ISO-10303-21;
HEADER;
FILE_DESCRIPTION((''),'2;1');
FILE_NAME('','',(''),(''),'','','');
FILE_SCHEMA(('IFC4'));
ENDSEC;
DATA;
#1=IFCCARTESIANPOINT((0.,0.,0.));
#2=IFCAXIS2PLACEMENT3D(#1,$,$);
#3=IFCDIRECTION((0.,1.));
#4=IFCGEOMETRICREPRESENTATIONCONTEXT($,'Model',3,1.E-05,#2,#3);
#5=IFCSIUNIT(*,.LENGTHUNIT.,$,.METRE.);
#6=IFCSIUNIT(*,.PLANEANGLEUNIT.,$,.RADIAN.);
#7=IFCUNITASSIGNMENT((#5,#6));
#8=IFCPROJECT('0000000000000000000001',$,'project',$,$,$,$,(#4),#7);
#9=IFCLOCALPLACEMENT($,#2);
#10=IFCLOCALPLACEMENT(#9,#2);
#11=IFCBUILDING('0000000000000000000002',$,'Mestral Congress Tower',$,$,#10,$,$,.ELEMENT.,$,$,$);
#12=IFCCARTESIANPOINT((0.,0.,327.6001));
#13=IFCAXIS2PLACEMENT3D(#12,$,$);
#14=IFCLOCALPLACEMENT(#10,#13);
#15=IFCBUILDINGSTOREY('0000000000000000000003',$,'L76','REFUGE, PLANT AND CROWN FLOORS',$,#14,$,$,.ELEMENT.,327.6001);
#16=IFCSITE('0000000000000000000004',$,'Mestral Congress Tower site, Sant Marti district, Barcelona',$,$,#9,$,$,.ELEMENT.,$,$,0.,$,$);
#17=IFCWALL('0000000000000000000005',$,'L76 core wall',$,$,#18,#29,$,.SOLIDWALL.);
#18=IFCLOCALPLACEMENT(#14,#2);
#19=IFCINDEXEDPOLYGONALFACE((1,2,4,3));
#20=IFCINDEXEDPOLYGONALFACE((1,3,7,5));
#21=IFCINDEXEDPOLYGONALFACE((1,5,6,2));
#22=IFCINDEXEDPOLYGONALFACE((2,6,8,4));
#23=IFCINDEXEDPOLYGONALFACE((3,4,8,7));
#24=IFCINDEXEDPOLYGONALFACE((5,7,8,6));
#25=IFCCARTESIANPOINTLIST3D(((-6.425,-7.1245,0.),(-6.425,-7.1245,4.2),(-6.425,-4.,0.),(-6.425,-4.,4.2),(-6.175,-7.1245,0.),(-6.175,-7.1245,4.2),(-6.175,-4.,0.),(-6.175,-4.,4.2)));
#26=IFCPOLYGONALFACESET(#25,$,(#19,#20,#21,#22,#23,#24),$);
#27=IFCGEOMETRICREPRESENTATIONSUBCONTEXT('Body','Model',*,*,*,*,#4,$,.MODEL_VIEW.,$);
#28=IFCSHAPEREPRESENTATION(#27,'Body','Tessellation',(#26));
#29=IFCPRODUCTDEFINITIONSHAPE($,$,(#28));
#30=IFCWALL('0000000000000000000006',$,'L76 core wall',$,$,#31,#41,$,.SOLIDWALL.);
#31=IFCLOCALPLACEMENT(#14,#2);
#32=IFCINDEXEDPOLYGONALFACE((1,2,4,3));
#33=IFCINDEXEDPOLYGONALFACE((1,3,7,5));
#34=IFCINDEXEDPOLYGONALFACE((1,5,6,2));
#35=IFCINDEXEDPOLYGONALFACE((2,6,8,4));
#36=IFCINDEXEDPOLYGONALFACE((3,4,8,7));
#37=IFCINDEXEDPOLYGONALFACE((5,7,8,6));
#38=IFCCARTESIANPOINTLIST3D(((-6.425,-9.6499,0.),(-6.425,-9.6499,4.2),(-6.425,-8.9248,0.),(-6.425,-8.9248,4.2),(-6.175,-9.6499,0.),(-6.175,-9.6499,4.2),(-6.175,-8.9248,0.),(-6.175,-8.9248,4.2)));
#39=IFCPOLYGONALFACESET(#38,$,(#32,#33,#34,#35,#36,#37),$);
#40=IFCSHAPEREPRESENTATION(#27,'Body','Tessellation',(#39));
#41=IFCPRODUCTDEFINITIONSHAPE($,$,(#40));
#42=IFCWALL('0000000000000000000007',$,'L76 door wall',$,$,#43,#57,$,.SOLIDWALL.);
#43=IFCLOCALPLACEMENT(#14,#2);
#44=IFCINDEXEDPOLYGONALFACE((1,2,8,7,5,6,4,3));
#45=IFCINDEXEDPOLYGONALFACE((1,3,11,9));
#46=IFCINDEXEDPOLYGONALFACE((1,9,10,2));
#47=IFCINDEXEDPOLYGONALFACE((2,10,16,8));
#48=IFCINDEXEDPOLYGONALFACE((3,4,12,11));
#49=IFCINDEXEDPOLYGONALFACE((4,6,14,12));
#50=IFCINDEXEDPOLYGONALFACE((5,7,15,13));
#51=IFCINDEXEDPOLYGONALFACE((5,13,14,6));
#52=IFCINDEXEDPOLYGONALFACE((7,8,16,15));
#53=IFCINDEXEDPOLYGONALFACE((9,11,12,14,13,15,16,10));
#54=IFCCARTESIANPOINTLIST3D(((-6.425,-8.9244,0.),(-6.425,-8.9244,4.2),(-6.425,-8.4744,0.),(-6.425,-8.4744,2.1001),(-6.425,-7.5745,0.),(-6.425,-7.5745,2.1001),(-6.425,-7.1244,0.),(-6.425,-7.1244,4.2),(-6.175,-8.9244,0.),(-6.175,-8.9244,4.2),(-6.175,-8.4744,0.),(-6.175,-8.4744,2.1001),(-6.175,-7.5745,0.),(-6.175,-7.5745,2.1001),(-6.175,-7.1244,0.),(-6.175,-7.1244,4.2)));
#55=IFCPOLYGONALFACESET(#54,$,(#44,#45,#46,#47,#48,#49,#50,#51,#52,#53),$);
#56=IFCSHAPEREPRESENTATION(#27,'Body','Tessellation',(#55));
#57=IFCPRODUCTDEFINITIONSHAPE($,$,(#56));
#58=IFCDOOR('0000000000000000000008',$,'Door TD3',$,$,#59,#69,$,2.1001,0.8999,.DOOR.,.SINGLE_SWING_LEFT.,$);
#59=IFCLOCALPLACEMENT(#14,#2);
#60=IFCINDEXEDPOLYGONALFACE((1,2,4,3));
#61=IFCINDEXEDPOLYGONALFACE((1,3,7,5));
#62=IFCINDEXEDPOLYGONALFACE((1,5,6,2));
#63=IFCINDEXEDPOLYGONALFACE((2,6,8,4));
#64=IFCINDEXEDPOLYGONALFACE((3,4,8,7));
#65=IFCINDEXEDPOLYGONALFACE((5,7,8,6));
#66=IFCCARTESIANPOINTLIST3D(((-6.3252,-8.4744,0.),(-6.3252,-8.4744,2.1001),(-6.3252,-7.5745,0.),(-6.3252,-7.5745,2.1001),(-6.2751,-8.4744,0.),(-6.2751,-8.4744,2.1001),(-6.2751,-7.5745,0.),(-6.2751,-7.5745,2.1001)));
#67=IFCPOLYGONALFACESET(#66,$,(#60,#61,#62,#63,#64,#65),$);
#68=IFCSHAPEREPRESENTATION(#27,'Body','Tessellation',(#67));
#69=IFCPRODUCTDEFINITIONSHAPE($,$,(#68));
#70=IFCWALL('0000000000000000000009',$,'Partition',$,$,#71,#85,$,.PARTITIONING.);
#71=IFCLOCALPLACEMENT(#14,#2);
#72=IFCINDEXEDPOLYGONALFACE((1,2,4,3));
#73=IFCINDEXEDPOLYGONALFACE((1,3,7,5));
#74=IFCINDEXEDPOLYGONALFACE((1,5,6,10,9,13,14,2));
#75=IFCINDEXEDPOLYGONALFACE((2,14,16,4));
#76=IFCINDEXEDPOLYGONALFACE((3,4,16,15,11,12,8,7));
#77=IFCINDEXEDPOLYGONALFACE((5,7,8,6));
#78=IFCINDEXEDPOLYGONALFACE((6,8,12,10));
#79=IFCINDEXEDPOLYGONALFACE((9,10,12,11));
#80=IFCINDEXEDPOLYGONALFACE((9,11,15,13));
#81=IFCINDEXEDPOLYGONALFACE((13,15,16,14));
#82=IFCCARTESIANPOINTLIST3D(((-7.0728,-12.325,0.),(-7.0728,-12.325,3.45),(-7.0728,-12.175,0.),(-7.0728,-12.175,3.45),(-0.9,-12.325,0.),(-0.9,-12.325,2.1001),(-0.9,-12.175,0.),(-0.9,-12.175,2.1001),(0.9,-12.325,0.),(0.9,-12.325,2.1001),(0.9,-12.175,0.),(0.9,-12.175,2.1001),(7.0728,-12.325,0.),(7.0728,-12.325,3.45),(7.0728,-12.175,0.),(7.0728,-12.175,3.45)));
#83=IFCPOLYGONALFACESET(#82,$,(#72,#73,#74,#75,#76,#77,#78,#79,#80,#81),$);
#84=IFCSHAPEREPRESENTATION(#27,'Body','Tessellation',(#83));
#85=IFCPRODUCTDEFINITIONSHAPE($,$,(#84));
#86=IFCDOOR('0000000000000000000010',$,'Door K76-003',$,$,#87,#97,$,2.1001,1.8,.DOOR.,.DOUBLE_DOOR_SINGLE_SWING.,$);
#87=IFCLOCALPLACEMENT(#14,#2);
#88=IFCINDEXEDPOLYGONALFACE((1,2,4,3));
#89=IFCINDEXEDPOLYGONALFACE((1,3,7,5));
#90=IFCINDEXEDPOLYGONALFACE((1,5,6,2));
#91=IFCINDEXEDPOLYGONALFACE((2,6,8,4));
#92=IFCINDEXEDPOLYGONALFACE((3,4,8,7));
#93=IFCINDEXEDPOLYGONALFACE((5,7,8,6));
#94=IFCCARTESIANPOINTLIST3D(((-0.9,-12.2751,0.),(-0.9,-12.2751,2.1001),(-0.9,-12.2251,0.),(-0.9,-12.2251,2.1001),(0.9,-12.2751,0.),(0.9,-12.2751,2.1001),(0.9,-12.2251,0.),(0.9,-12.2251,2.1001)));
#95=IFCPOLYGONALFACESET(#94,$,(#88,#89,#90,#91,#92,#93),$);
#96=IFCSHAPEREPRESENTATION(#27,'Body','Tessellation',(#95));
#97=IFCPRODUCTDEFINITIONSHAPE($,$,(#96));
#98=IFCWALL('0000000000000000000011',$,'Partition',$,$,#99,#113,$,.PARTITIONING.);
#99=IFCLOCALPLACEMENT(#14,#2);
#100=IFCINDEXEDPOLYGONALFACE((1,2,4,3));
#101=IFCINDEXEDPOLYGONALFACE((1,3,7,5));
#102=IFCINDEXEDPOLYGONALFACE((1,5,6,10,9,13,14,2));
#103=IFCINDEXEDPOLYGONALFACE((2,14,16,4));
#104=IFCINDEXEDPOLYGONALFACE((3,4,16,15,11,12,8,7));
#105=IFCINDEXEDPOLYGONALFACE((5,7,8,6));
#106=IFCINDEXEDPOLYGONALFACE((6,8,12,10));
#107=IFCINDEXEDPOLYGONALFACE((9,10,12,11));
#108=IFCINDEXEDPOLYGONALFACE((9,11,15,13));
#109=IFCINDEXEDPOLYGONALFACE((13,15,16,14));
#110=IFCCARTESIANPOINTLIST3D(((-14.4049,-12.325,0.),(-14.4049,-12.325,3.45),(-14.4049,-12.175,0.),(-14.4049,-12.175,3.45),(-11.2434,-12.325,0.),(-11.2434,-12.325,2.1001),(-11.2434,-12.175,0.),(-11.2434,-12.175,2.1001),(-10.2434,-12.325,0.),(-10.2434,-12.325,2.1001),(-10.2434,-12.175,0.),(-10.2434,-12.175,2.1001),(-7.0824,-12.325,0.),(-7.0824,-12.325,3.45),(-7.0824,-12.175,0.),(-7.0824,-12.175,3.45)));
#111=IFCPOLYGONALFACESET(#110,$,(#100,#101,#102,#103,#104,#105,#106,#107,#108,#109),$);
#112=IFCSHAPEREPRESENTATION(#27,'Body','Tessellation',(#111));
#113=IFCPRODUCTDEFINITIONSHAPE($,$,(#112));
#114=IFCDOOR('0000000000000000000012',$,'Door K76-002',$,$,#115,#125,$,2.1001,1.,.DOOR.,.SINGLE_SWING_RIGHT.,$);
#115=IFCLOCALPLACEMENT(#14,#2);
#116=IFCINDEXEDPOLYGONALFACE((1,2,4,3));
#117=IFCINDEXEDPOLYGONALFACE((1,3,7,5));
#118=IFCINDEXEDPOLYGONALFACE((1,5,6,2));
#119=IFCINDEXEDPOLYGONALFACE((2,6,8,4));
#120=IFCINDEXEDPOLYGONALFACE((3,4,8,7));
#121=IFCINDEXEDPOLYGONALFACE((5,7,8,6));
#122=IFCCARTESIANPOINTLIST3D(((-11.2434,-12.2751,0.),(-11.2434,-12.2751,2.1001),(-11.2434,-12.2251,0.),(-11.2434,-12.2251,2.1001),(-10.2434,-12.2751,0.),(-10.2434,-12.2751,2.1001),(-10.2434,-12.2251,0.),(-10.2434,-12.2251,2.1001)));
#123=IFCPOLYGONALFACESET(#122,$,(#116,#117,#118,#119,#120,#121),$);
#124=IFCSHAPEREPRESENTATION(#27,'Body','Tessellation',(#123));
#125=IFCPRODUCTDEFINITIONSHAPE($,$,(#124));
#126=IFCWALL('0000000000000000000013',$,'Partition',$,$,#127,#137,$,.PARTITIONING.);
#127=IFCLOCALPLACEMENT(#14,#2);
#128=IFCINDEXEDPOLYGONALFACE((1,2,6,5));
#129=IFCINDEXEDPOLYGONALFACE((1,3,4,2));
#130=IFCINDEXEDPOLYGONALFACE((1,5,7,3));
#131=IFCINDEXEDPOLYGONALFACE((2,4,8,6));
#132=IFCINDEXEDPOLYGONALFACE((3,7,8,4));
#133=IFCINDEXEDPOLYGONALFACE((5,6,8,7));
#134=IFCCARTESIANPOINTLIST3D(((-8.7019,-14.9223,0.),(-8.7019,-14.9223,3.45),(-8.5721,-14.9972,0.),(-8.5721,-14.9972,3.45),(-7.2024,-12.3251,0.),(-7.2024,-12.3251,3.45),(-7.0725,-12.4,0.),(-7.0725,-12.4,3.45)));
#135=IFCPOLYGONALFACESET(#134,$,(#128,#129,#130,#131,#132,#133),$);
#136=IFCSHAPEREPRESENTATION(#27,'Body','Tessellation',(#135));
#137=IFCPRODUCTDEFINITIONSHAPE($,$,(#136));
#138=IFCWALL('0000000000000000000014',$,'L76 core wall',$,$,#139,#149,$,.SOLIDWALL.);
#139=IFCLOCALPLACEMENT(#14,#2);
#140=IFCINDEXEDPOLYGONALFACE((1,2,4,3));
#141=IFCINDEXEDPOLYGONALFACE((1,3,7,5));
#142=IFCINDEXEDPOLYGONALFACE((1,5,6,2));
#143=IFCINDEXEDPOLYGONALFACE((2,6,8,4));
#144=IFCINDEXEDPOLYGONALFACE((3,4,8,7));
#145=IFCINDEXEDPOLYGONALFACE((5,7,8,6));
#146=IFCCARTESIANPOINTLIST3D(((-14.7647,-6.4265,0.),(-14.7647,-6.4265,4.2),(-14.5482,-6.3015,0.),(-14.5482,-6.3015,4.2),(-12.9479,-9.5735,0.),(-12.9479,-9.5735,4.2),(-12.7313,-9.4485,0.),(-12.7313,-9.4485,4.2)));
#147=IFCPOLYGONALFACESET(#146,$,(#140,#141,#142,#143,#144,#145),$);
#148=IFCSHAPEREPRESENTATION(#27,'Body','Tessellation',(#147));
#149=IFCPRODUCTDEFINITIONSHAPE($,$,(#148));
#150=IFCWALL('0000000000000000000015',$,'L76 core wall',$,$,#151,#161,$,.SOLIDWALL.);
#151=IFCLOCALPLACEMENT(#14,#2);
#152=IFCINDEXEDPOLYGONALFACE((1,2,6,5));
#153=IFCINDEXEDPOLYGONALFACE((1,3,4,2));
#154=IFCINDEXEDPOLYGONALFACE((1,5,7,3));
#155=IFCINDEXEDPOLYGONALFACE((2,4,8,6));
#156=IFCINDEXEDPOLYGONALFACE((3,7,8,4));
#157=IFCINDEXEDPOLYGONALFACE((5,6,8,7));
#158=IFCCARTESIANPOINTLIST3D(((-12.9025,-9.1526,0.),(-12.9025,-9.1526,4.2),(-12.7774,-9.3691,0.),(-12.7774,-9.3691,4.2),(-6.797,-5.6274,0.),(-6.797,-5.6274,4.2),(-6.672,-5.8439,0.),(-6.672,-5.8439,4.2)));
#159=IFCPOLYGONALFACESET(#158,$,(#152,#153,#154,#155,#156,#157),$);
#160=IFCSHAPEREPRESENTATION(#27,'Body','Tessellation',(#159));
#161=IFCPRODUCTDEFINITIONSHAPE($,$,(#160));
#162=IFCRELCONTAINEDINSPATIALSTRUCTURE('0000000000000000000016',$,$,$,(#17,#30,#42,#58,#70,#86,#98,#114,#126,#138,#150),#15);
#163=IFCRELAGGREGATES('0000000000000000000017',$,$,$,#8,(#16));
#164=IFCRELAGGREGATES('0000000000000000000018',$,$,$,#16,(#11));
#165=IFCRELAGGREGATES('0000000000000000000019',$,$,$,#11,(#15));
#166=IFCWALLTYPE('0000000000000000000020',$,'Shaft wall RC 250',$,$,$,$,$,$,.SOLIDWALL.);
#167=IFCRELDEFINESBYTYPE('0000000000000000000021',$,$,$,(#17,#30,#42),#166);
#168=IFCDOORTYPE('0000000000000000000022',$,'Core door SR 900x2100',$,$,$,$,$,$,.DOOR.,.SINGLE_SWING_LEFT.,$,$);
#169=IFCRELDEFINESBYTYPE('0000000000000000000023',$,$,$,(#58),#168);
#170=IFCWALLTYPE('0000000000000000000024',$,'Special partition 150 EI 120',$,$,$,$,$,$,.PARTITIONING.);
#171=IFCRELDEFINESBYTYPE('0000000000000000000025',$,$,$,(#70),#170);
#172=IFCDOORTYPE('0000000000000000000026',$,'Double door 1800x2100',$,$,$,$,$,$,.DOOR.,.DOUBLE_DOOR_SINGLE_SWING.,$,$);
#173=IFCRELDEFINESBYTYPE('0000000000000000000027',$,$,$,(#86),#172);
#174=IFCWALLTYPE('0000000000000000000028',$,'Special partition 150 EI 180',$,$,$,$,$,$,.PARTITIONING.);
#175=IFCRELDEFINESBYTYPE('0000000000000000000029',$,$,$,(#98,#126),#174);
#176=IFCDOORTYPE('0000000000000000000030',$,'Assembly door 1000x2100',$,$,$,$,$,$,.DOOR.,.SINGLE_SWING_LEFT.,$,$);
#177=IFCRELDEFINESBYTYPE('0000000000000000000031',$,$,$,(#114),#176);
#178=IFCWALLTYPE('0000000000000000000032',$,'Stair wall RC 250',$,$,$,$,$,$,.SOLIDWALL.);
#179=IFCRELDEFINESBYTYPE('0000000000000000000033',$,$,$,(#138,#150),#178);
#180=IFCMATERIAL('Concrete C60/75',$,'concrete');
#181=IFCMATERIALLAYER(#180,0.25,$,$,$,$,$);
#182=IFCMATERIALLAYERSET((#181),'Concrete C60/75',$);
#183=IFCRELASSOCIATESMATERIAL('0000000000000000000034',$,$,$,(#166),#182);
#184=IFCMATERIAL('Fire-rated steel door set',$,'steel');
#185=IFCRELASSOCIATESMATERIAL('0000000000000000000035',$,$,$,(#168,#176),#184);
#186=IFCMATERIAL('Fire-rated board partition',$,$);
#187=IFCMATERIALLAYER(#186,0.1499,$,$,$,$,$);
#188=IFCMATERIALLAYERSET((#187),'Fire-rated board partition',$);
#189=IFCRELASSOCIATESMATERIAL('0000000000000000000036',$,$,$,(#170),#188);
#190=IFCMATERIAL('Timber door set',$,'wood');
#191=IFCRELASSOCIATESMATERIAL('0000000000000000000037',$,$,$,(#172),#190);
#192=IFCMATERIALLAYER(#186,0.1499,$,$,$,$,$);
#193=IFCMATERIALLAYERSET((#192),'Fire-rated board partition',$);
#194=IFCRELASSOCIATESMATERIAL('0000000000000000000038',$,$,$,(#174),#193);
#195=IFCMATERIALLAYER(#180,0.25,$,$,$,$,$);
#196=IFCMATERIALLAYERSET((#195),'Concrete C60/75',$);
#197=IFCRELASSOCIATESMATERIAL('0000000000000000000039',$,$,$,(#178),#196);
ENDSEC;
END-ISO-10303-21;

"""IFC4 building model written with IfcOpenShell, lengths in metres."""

from ifc_helpers import new_model, si_unit, direction, frame, frame_2d, origin, place, context, subcontext, project, spatial, rectangle, extrude, material, layer, layer_set, type_object, element, fill, save


model = new_model("IFC4")

# Units and contexts
model_context = context("Model", 3, precision=1e-05, world=origin(), true_north=direction((0.0, 1.0)))
body_context = subcontext(model_context, "Body", "Model", "MODEL_VIEW")
ifc_project = project(units=[si_unit("LENGTHUNIT", "METRE"), si_unit("PLANEANGLEUNIT", "RADIAN")], contexts=[model_context])

# Site, building, storey
site_placement = place(None, origin())
site = spatial("IfcSite", under=ifc_project, at=site_placement, Name="Mestral Congress Tower site, Sant Marti district, Barcelona", CompositionType="ELEMENT", RefElevation=0.0)
building_placement = place(site_placement, origin())
building = spatial("IfcBuilding", under=site, at=building_placement, Name="Mestral Congress Tower", CompositionType="ELEMENT")
storey_placement = place(building_placement, frame((0.0, 0.0, 327.6001)))
storey = spatial("IfcBuildingStorey", under=building, at=storey_placement, Name="L76", Description="REFUGE, PLANT AND CROWN FLOORS", CompositionType="ELEMENT", Elevation=327.6001)

# Walls
ifc_material_1 = material(Name="Concrete C60/75", Category="concrete")
ifc_layer_1 = layer(ifc_material_1, 0.25)
ifc_layer_set_1 = layer_set([ifc_layer_1], Name="Concrete C60/75")
wall_type_1 = type_object("IfcWallType", Name="Shaft wall RC 250", PredefinedType="SOLIDWALL", material=ifc_layer_set_1)
wall_1_placement = place(storey_placement, frame((-6.3, -7.1245, 0.0), z_axis=(0.0, 0.0, 1.0), x_axis=(0.0, 1.0, 0.0)))
element("IfcWall", 1, at=wall_1_placement, inside=storey, type_object=wall_type_1, Name="L76 core wall", PredefinedType="SOLIDWALL", context=body_context, shape_type="SweptSolid", body=[
    extrude(rectangle(XDim=3.1245, YDim=0.25, at=frame_2d((1.5623, 0.0))), origin(), (0.0, 0.0, 1.0), 4.2),
])
wall_2_placement = place(storey_placement, frame((-6.3, -8.9248, 0.0), z_axis=(0.0, 0.0, 1.0), x_axis=(0.0, -1.0, 0.0)))
element("IfcWall", 2, at=wall_2_placement, inside=storey, type_object=wall_type_1, Name="L76 core wall", PredefinedType="SOLIDWALL", context=body_context, shape_type="SweptSolid", body=[
    extrude(rectangle(XDim=0.7251, YDim=0.25, at=frame_2d((0.3625, 0.0))), origin(), (0.0, 0.0, 1.0), 4.2),
])

# Walls, openings, doors
wall_3_placement = place(storey_placement, frame((-6.3, -7.1245, 0.0), z_axis=(0.0, 0.0, 1.0), x_axis=(0.0, -1.0, 0.0)))
wall_3 = element("IfcWall", 3, at=wall_3_placement, inside=storey, type_object=wall_type_1, Name="L76 door wall", PredefinedType="SOLIDWALL", context=body_context, shape_type="SweptSolid", body=[
    extrude(rectangle(XDim=1.8, YDim=0.25, at=frame_2d((0.8999, 0.0))), origin(), (0.0, 0.0, 1.0), 4.2),
])
opening_1_placement = place(wall_3_placement, frame((0.45, 0.0, 0.0)))
opening_1 = element("IfcOpeningElement", 4, at=opening_1_placement, cuts=wall_3, PredefinedType="OPENING", context=body_context, shape_type="SweptSolid", body=[
    extrude(rectangle(XDim=0.8999, YDim=2.1001, at=frame_2d((0.45, 1.05))), frame((0.0, 0.135, 0.0), z_axis=(0.0, -1.0, 0.0), x_axis=(1.0, 0.0, 0.0)), (0.0, 0.0, 1.0), 0.27),
])
ifc_material_2 = material(Name="Fire-rated steel door set", Category="steel")
door_type_1 = type_object("IfcDoorType", Name="Core door SR 900x2100", OperationType="SINGLE_SWING_LEFT", PredefinedType="DOOR", material=ifc_material_2)
door_1_placement = place(opening_1_placement, origin())
door_1 = element("IfcDoor", 5, at=door_1_placement, inside=storey, type_object=door_type_1, Name="Door TD3", OperationType="SINGLE_SWING_LEFT", OverallHeight=2.1001, OverallWidth=0.8999, PredefinedType="DOOR", context=body_context, shape_type="SweptSolid", body=[
    extrude(rectangle(XDim=0.8999, YDim=2.1001, at=frame_2d((0.45, 1.05))), frame((0.0, 0.0249, 0.0), z_axis=(0.0, -1.0, 0.0), x_axis=(1.0, 0.0, 0.0)), (0.0, 0.0, 1.0), 0.05),
])
fill(opening_1, door_1)
ifc_material_3 = material(Name="Fire-rated board partition")
ifc_layer_2 = layer(ifc_material_3, 0.1499)
ifc_layer_set_2 = layer_set([ifc_layer_2], Name="Fire-rated board partition")
wall_type_2 = type_object("IfcWallType", Name="Special partition 150 EI 120", PredefinedType="PARTITIONING", material=ifc_layer_set_2)
wall_4_placement = place(storey_placement, frame((-7.0728, -12.25, 0.0), z_axis=(0.0, 0.0, 1.0), x_axis=(1.0, 0.0, 0.0)))
wall_4 = element("IfcWall", 6, at=wall_4_placement, inside=storey, type_object=wall_type_2, Name="Partition", PredefinedType="PARTITIONING", context=body_context, shape_type="SweptSolid", body=[
    extrude(rectangle(XDim=14.1455, YDim=0.1499, at=frame_2d((7.0728, 0.0))), origin(), (0.0, 0.0, 1.0), 3.45),
])
opening_2_placement = place(wall_4_placement, frame((6.1729, 0.0, 0.0)))
opening_2 = element("IfcOpeningElement", 7, at=opening_2_placement, cuts=wall_4, PredefinedType="OPENING", context=body_context, shape_type="SweptSolid", body=[
    extrude(rectangle(XDim=1.8, YDim=2.1001, at=frame_2d((0.8999, 1.05))), frame((0.0, 0.085, 0.0), z_axis=(0.0, -1.0, 0.0), x_axis=(1.0, 0.0, 0.0)), (0.0, 0.0, 1.0), 0.1699),
])
ifc_material_4 = material(Name="Timber door set", Category="wood")
door_type_2 = type_object("IfcDoorType", Name="Double door 1800x2100", OperationType="DOUBLE_DOOR_SINGLE_SWING", PredefinedType="DOOR", material=ifc_material_4)
door_2_placement = place(opening_2_placement, origin())
door_2 = element("IfcDoor", 8, at=door_2_placement, inside=storey, type_object=door_type_2, Name="Door K76-003", OperationType="DOUBLE_DOOR_SINGLE_SWING", OverallHeight=2.1001, OverallWidth=1.8, PredefinedType="DOOR", context=body_context, shape_type="SweptSolid", body=[
    extrude(rectangle(XDim=1.8, YDim=2.1001, at=frame_2d((0.8999, 1.05))), frame((0.0, 0.0249, 0.0), z_axis=(0.0, -1.0, 0.0), x_axis=(1.0, 0.0, 0.0)), (0.0, 0.0, 1.0), 0.05),
])
fill(opening_2, door_2)
ifc_layer_3 = layer(ifc_material_3, 0.1499)
ifc_layer_set_3 = layer_set([ifc_layer_3], Name="Fire-rated board partition")
wall_type_3 = type_object("IfcWallType", Name="Special partition 150 EI 180", PredefinedType="PARTITIONING", material=ifc_layer_set_3)
wall_5_placement = place(storey_placement, frame((-14.4048, -12.25, 0.0), z_axis=(0.0, 0.0, 1.0), x_axis=(1.0, 0.0, 0.0)))
wall_5 = element("IfcWall", 9, at=wall_5_placement, inside=storey, type_object=wall_type_3, Name="Partition", PredefinedType="PARTITIONING", context=body_context, shape_type="SweptSolid", body=[
    extrude(rectangle(XDim=7.3225, YDim=0.1499, at=frame_2d((3.6611, 0.0))), origin(), (0.0, 0.0, 1.0), 3.45),
])
opening_3_placement = place(wall_5_placement, frame((3.1614, 0.0, 0.0)))
opening_3 = element("IfcOpeningElement", 10, at=opening_3_placement, cuts=wall_5, PredefinedType="OPENING", context=body_context, shape_type="SweptSolid", body=[
    extrude(rectangle(XDim=1.0, YDim=2.1001, at=frame_2d((0.5, 1.05))), frame((0.0, 0.085, 0.0), z_axis=(0.0, -1.0, 0.0), x_axis=(1.0, 0.0, 0.0)), (0.0, 0.0, 1.0), 0.1699),
])
door_type_3 = type_object("IfcDoorType", Name="Assembly door 1000x2100", OperationType="SINGLE_SWING_LEFT", PredefinedType="DOOR", material=ifc_material_2)
door_3_placement = place(opening_3_placement, origin())
door_3 = element("IfcDoor", 11, at=door_3_placement, inside=storey, type_object=door_type_3, Name="Door K76-002", OperationType="SINGLE_SWING_RIGHT", OverallHeight=2.1001, OverallWidth=1.0, PredefinedType="DOOR", context=body_context, shape_type="SweptSolid", body=[
    extrude(rectangle(XDim=1.0, YDim=2.1001, at=frame_2d((0.5, 1.05))), frame((0.0, 0.0249, 0.0), z_axis=(0.0, -1.0, 0.0), x_axis=(1.0, 0.0, 0.0)), (0.0, 0.0, 1.0), 0.05),
])
fill(opening_3, door_3)

# Walls
wall_6_placement = place(storey_placement, frame((-7.1375, -12.3625, 0.0), z_axis=(0.0, 0.0, 1.0), x_axis=(-0.500009, -0.86602, 0.0)))
element("IfcWall", 12, at=wall_6_placement, inside=storey, type_object=wall_type_3, Name="Partition", PredefinedType="PARTITIONING", context=body_context, shape_type="SweptSolid", body=[
    extrude(rectangle(XDim=2.999, YDim=0.1499, at=frame_2d((1.4995, 0.0))), origin(), (0.0, 0.0, 1.0), 3.45),
])
ifc_layer_4 = layer(ifc_material_1, 0.25)
ifc_layer_set_4 = layer_set([ifc_layer_4], Name="Concrete C60/75")
wall_type_4 = type_object("IfcWallType", Name="Stair wall RC 250", PredefinedType="SOLIDWALL", material=ifc_layer_set_4)
wall_7_placement = place(storey_placement, frame((-12.8396, -9.511, 0.0), z_axis=(0.0, 0.0, 1.0), x_axis=(-0.499998, 0.866027, 0.0)))
element("IfcWall", 13, at=wall_7_placement, inside=storey, type_object=wall_type_4, Name="L76 core wall", PredefinedType="SOLIDWALL", context=body_context, shape_type="SweptSolid", body=[
    extrude(rectangle(XDim=3.6338, YDim=0.25, at=frame_2d((1.8169, 0.0))), origin(), (0.0, 0.0, 1.0), 4.2),
])
wall_8_placement = place(storey_placement, frame((-12.8398, -9.2607, 0.0), z_axis=(0.0, 0.0, 1.0), x_axis=(0.866016, 0.500016, 0.0)))
element("IfcWall", 14, at=wall_8_placement, inside=storey, type_object=wall_type_4, Name="L76 core wall", PredefinedType="SOLIDWALL", context=body_context, shape_type="SweptSolid", body=[
    extrude(rectangle(XDim=7.05, YDim=0.25, at=frame_2d((3.5249, 0.0))), origin(), (0.0, 0.0, 1.0), 4.2),
])

save(model, "model.ifc")
